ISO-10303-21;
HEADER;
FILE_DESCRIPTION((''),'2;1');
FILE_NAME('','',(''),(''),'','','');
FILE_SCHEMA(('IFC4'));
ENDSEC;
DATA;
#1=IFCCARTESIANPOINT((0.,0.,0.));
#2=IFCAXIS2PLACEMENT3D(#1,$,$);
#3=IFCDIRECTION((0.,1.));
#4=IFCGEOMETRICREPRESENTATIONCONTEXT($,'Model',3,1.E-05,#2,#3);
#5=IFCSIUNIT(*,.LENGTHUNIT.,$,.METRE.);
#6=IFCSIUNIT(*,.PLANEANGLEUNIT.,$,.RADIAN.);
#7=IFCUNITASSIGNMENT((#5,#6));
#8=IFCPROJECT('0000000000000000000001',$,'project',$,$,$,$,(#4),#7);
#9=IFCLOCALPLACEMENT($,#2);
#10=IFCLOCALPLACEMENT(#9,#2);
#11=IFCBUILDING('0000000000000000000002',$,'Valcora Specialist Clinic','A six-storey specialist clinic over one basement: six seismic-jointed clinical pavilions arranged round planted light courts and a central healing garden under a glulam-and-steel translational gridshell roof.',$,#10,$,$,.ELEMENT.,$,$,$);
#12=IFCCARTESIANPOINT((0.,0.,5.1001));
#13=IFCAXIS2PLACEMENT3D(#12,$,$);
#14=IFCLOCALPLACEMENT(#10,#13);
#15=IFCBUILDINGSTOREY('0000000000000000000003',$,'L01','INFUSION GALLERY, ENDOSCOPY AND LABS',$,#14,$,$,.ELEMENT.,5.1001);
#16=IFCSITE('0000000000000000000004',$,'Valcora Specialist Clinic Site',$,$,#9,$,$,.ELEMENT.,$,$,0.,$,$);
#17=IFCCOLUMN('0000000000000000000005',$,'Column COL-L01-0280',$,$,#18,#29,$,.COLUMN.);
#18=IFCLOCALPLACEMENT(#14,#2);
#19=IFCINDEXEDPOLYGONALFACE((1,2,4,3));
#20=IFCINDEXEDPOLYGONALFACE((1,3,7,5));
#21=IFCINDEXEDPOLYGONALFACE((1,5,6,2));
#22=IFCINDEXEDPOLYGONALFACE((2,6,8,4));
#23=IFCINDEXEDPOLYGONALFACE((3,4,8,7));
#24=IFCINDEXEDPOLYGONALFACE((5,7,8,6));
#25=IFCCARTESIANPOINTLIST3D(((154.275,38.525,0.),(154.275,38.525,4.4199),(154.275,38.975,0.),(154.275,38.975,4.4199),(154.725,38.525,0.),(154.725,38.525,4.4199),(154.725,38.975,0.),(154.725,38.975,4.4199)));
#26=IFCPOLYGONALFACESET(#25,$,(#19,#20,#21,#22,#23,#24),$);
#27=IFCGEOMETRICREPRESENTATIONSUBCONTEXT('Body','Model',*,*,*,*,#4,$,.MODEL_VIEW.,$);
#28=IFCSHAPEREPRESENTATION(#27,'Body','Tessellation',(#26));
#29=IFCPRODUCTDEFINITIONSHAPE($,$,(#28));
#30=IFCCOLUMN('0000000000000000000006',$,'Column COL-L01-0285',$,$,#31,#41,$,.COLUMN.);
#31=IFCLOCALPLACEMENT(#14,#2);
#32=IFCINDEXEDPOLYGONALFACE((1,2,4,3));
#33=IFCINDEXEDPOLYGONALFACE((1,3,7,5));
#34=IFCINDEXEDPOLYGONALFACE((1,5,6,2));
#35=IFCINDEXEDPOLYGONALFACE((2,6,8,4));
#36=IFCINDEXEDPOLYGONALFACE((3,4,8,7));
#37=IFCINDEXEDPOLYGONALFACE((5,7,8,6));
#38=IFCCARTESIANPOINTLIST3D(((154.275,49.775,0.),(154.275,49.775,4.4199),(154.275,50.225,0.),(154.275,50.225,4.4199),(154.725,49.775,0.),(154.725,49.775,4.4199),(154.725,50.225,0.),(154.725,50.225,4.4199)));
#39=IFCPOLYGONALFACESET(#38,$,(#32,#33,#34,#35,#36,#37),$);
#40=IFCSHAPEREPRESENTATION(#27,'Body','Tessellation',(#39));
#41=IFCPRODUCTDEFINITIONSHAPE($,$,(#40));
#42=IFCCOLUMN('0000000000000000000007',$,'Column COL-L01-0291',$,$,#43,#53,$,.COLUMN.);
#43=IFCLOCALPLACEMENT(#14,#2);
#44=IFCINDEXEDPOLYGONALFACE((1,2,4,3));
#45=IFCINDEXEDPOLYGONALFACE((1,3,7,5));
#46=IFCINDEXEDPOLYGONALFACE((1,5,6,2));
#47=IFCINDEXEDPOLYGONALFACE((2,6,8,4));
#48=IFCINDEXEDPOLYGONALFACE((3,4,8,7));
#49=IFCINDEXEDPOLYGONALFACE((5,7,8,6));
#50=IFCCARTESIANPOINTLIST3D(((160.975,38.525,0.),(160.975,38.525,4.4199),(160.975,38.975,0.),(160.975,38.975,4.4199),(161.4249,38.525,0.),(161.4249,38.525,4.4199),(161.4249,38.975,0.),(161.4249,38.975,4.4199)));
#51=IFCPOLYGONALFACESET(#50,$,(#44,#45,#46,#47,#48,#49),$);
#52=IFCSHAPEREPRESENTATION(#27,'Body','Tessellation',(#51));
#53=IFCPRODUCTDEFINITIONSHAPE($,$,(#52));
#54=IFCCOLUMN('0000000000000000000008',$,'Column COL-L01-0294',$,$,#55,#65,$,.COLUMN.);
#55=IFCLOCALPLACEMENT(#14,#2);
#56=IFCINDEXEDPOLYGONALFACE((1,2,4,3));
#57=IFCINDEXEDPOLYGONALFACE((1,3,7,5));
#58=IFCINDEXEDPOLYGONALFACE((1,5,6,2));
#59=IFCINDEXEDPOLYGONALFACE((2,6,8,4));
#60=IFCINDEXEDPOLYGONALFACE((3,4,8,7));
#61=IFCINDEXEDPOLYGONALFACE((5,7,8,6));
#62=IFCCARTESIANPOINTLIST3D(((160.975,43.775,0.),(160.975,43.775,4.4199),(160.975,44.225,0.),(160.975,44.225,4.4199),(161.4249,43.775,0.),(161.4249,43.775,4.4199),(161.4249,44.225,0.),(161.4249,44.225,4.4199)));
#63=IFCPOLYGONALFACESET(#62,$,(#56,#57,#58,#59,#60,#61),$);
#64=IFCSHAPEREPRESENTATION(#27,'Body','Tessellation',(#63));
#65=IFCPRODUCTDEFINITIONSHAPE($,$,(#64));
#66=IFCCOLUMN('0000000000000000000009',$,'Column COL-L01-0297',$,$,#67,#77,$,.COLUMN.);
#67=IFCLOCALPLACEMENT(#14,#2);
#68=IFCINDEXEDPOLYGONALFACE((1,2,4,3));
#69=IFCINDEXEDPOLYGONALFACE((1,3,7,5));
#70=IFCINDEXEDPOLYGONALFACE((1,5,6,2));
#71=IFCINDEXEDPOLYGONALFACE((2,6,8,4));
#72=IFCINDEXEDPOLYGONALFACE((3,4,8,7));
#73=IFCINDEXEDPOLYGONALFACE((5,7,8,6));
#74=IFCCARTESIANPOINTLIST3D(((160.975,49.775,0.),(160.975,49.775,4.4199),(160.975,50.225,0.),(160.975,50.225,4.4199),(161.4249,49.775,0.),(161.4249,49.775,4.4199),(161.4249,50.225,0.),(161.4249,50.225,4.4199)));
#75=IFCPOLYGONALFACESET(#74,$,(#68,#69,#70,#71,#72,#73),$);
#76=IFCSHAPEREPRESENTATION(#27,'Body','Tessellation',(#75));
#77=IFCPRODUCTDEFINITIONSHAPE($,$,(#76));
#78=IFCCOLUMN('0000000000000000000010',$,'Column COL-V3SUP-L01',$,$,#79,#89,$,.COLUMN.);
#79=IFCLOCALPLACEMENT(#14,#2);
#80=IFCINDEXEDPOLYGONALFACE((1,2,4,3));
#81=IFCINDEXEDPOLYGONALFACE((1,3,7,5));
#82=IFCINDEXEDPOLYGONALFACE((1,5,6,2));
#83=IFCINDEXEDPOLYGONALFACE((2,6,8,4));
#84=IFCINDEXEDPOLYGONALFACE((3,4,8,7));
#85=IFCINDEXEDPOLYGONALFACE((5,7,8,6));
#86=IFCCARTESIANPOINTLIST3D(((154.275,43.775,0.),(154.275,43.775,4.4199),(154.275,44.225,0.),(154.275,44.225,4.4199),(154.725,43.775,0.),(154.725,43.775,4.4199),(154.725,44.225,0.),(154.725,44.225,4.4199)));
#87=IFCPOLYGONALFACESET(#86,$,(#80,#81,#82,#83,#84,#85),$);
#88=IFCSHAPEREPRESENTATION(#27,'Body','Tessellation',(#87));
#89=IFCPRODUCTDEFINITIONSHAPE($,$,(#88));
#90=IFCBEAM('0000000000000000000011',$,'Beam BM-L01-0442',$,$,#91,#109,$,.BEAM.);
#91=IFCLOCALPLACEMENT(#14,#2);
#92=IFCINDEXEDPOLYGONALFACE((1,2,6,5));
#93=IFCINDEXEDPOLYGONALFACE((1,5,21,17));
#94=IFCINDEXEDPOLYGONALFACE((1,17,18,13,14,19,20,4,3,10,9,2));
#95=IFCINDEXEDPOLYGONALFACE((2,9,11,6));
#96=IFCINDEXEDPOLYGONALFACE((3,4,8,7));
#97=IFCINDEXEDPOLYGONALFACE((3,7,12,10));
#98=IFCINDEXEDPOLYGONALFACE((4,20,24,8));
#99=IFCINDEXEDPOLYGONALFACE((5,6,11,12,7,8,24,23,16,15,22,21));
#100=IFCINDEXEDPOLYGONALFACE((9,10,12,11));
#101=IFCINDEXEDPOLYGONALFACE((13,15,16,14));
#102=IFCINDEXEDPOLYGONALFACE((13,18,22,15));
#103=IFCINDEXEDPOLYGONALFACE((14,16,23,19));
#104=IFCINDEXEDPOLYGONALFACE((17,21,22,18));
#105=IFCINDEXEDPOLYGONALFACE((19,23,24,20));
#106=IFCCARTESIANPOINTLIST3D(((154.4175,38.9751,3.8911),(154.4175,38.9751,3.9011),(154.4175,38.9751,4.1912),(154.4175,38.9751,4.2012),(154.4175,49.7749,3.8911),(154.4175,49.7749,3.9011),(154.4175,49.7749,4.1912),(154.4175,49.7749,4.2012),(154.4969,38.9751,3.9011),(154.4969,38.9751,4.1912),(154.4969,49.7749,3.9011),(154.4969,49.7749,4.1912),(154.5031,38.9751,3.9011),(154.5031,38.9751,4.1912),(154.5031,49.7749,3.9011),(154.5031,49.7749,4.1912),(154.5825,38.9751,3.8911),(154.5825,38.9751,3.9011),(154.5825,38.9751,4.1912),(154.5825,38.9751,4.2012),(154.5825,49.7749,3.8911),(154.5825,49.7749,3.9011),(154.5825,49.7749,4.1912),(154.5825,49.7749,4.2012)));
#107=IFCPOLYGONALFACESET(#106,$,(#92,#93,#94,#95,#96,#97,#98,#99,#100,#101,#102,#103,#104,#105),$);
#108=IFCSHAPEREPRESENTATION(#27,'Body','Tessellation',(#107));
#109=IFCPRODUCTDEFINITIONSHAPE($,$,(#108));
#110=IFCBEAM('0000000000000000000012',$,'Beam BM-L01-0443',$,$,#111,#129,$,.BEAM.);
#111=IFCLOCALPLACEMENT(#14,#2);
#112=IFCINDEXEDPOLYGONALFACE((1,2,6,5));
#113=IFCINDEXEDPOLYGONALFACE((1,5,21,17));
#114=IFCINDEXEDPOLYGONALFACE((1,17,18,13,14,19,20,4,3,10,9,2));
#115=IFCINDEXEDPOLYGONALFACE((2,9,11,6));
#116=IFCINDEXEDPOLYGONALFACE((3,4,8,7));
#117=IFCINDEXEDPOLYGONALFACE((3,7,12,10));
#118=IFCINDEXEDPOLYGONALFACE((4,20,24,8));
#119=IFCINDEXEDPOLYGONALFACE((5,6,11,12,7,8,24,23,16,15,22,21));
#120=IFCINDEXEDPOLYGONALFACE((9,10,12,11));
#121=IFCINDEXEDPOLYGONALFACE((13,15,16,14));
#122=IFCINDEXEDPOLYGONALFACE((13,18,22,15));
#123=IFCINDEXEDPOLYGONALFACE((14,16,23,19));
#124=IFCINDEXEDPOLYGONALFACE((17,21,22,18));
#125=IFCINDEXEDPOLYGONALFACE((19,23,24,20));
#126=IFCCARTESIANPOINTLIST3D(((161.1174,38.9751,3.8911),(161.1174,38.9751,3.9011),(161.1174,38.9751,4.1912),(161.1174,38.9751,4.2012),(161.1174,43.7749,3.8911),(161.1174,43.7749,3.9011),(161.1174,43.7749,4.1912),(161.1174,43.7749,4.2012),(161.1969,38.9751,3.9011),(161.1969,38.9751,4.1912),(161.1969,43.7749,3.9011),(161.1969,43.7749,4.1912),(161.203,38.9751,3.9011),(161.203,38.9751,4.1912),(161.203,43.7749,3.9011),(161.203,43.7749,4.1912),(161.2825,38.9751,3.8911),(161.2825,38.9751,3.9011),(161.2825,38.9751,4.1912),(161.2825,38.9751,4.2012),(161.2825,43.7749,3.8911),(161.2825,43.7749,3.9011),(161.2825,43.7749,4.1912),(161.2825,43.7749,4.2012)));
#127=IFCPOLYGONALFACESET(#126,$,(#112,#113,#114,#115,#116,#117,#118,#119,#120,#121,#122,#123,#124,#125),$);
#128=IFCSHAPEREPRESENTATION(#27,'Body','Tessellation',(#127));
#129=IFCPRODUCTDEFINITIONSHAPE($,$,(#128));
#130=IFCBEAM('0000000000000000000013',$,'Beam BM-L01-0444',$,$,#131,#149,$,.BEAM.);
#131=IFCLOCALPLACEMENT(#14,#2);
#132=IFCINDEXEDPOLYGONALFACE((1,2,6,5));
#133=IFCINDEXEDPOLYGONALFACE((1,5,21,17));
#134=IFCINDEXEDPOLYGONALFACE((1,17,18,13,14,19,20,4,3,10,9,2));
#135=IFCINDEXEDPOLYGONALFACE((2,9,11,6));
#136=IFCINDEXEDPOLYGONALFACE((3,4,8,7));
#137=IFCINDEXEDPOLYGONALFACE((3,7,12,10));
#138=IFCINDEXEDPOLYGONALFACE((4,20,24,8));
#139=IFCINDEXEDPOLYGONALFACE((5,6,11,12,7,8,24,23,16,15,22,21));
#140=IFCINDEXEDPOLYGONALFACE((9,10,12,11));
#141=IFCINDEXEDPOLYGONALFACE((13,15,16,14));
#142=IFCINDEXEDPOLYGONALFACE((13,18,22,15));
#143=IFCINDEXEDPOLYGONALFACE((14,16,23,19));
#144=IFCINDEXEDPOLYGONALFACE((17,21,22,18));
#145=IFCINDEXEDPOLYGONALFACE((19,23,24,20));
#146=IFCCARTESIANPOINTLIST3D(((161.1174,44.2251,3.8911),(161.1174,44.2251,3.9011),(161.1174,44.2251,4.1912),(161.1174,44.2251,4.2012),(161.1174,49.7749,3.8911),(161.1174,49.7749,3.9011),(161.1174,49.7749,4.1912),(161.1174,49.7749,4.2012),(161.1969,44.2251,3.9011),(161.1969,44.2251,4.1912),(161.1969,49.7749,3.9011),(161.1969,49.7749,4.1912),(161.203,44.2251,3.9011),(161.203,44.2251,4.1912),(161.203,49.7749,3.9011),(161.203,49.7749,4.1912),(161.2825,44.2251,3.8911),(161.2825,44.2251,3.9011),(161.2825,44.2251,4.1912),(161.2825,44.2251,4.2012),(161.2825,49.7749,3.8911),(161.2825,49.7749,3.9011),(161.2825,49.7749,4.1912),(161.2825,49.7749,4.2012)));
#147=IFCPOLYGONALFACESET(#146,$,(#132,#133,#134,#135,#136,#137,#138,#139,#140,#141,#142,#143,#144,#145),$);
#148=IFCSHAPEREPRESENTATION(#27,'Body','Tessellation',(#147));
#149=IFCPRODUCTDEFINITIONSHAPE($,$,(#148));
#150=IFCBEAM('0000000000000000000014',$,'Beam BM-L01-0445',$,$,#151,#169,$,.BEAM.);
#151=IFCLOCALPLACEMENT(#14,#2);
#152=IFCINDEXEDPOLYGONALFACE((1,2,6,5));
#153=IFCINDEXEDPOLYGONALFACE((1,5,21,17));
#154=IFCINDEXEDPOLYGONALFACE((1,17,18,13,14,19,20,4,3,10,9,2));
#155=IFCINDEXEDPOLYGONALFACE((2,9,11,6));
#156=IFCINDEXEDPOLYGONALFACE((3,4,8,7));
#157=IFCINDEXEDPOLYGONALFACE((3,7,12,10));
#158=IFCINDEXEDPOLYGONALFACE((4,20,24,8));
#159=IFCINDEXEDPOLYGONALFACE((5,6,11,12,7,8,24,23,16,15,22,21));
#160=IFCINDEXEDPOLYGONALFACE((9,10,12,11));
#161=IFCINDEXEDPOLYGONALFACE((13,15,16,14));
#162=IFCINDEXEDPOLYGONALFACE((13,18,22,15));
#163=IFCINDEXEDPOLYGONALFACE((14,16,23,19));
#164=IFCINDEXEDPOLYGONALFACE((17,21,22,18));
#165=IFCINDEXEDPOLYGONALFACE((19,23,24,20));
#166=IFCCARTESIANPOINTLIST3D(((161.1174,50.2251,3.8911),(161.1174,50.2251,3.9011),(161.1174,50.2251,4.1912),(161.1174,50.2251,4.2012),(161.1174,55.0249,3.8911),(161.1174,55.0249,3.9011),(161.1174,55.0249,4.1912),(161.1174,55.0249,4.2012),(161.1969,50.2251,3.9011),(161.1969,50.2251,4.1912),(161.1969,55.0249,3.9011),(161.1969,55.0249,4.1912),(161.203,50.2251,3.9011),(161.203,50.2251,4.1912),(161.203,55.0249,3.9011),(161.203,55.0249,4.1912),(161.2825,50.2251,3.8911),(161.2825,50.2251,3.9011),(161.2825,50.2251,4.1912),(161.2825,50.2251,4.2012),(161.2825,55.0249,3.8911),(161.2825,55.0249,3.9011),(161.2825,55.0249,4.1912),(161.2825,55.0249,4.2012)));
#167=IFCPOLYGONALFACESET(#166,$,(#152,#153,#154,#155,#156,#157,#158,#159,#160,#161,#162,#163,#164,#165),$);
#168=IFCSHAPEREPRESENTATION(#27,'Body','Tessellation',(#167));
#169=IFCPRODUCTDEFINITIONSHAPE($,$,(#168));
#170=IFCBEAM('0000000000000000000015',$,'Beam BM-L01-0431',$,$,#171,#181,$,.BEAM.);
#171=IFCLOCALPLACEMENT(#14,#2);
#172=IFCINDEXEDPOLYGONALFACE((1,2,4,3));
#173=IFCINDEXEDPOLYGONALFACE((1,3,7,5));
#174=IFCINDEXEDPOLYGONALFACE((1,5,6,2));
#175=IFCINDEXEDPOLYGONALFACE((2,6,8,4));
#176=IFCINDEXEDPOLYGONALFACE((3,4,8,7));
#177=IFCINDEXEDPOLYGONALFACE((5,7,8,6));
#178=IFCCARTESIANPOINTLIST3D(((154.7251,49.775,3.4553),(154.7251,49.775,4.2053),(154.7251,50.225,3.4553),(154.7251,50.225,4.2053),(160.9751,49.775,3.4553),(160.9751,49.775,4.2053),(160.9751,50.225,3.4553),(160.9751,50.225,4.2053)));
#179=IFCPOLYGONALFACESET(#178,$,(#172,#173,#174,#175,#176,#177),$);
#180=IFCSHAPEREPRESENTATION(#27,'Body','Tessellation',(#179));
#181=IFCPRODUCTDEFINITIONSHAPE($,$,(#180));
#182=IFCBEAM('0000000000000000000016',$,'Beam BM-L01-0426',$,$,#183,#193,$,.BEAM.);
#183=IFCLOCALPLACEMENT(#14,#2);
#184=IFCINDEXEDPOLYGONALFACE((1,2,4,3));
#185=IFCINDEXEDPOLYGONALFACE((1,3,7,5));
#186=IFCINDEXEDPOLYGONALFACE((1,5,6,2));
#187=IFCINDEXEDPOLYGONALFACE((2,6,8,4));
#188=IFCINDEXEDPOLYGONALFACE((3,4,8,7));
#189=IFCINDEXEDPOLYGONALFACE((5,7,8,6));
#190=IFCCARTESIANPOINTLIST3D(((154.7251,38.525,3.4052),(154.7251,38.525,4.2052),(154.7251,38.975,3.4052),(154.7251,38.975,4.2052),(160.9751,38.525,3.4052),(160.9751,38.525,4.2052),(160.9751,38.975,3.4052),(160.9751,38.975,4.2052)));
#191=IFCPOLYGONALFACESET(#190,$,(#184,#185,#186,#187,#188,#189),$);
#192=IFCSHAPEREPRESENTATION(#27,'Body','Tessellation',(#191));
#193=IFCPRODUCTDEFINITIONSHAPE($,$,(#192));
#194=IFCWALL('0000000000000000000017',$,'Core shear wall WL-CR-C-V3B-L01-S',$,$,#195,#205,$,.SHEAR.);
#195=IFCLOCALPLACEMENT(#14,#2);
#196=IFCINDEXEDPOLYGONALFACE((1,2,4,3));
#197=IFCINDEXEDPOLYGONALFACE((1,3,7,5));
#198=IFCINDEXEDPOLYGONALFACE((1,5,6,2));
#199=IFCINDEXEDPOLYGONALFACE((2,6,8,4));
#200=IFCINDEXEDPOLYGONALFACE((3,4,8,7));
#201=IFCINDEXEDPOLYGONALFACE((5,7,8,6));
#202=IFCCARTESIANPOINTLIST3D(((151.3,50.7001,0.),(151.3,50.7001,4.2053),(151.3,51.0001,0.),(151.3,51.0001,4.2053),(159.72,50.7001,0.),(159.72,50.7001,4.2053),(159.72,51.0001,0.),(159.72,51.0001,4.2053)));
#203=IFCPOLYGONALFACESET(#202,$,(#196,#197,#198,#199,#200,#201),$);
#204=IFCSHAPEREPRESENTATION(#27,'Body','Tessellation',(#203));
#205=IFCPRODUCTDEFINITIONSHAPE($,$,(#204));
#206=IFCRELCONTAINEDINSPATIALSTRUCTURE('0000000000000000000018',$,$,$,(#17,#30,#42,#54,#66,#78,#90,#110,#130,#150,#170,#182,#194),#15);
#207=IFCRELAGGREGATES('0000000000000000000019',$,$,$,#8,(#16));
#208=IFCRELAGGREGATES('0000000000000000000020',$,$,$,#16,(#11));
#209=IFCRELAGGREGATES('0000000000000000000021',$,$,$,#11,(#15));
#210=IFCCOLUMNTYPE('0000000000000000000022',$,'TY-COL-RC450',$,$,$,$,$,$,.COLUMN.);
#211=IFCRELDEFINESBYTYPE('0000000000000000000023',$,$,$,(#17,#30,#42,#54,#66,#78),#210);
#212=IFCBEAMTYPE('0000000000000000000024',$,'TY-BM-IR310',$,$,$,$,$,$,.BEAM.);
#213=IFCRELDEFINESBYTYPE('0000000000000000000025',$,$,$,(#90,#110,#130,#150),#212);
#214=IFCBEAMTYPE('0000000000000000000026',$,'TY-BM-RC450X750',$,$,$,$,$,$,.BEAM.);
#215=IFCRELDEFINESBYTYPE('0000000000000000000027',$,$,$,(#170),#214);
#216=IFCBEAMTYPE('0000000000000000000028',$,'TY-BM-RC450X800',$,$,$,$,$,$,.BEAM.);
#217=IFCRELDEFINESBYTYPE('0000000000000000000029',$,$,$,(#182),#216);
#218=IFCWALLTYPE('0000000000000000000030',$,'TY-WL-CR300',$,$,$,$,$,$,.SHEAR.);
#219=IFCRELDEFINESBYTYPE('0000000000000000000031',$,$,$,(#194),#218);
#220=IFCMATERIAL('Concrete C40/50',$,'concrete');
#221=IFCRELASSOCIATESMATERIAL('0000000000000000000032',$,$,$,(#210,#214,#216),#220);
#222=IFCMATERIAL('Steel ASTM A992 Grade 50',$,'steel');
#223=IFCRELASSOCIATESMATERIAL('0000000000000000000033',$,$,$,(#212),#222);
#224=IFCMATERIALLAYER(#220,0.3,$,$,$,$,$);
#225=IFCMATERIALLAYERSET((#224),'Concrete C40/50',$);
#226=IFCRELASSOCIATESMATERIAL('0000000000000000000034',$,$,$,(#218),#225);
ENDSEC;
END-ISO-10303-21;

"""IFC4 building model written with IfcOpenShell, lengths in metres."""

from ifc_helpers import new_model, si_unit, direction, frame, frame_2d, origin, origin_2d, place, context, subcontext, project, spatial, rectangle, i_section, extrude, material, layer, layer_set, material_profile, profile_set, type_object, element, save


model = new_model("IFC4")

# Units and contexts
model_context = context("Model", 3, precision=1e-05, world=origin(), true_north=direction((0.0, 1.0)))
body_context = subcontext(model_context, "Body", "Model", "MODEL_VIEW")
ifc_project = project(units=[si_unit("LENGTHUNIT", "METRE"), si_unit("PLANEANGLEUNIT", "RADIAN")], contexts=[model_context])

# Site, building, storey
site_placement = place(None, origin())
site = spatial("IfcSite", under=ifc_project, at=site_placement, Name="Valcora Specialist Clinic Site", CompositionType="ELEMENT", RefElevation=0.0)
building_placement = place(site_placement, origin())
building = spatial("IfcBuilding", under=site, at=building_placement, Name="Valcora Specialist Clinic", Description="A six-storey specialist clinic over one basement: six seismic-jointed clinical pavilions arranged round planted light courts and a central healing garden under a glulam-and-steel translational gridshell roof.", CompositionType="ELEMENT")
storey_placement = place(building_placement, frame((0.0, 0.0, 5.1001)))
storey = spatial("IfcBuildingStorey", under=building, at=storey_placement, Name="L01", Description="INFUSION GALLERY, ENDOSCOPY AND LABS", CompositionType="ELEMENT", Elevation=5.1001)

# Columns
ifc_material_1 = material(Name="Concrete C40/50", Category="concrete")
ifc_material_profile_1 = material_profile(ifc_material_1, rectangle(XDim=0.45, YDim=0.45, at=origin_2d()), Name="RC-COL-450X450")
ifc_profile_set_1 = profile_set([ifc_material_profile_1], Name="Concrete C40/50")
column_type = type_object("IfcColumnType", Name="TY-COL-RC450", PredefinedType="COLUMN", material=ifc_profile_set_1)
for number, where, z_axis, x_axis, name in (
    (1, (154.5, 38.75, 0.0), (0.0, 0.0, 1.0), (1.0, 0.0, 0.0), "Column COL-L01-0280"),
    (2, (154.5, 50.0, 0.0), (0.0, 0.0, 1.0), (1.0, 0.0, 0.0), "Column COL-L01-0285"),
    (3, (161.2, 38.75, 0.0), (0.0, 0.0, 1.0), (1.0, 0.0, 0.0), "Column COL-L01-0291"),
    (4, (161.2, 44.0, 0.0), (0.0, 0.0, 1.0), (1.0, 0.0, 0.0), "Column COL-L01-0294"),
    (5, (161.2, 50.0, 0.0), (0.0, 0.0, 1.0), (1.0, 0.0, 0.0), "Column COL-L01-0297"),
    (6, (154.5, 44.0, 0.0), (0.0, 0.0, 1.0), (1.0, 0.0, 0.0), "Column COL-V3SUP-L01"),
):
    element("IfcColumn", number, at=place(storey_placement, frame(where, z_axis=z_axis, x_axis=x_axis)), inside=storey, type_object=column_type, Name=name, PredefinedType="COLUMN", context=body_context, shape_type="SweptSolid", body=[
        extrude(rectangle(XDim=0.45, YDim=0.45, at=origin_2d()), origin(), (0.0, 0.0, 1.0), 4.4199),
    ])

# Beams
ifc_material_2 = material(Name="Steel ASTM A992 Grade 50", Category="steel")
ifc_material_profile_2 = material_profile(ifc_material_2, i_section(OverallWidth=0.165, OverallDepth=0.3101, WebThickness=0.0061, FlangeThickness=0.01, at=origin_2d()), Name="ST-IR-310X165")
ifc_profile_set_2 = profile_set([ifc_material_profile_2], Name="Steel ASTM A992 Grade 50")
beam_type_1 = type_object("IfcBeamType", Name="TY-BM-IR310", PredefinedType="BEAM", material=ifc_profile_set_2)
beam_1_placement = place(storey_placement, frame((154.5, 38.9751, 4.0461), z_axis=(0.0, 1.0, 0.0), x_axis=(-1.0, 0.0, 0.0)))
element("IfcBeam", 7, at=beam_1_placement, inside=storey, type_object=beam_type_1, Name="Beam BM-L01-0442", PredefinedType="BEAM", context=body_context, shape_type="SweptSolid", body=[
    extrude(i_section(OverallWidth=0.165, OverallDepth=0.3101, WebThickness=0.0061, FlangeThickness=0.01, at=origin_2d()), origin(), (0.0, 0.0, 1.0), 10.7998),
])
beam_2_placement = place(storey_placement, frame((161.2, 38.9751, 4.0461), z_axis=(0.0, 1.0, 0.0), x_axis=(-1.0, 0.0, 0.0)))
element("IfcBeam", 8, at=beam_2_placement, inside=storey, type_object=beam_type_1, Name="Beam BM-L01-0443", PredefinedType="BEAM", context=body_context, shape_type="SweptSolid", body=[
    extrude(i_section(OverallWidth=0.165, OverallDepth=0.3101, WebThickness=0.0061, FlangeThickness=0.01, at=origin_2d()), origin(), (0.0, 0.0, 1.0), 4.7998),
])
beam_3_placement = place(storey_placement, frame((161.2, 44.2251, 4.0461), z_axis=(0.0, 1.0, 0.0), x_axis=(-1.0, 0.0, 0.0)))
element("IfcBeam", 9, at=beam_3_placement, inside=storey, type_object=beam_type_1, Name="Beam BM-L01-0444", PredefinedType="BEAM", context=body_context, shape_type="SweptSolid", body=[
    extrude(i_section(OverallWidth=0.165, OverallDepth=0.3101, WebThickness=0.0061, FlangeThickness=0.01, at=origin_2d()), origin(), (0.0, 0.0, 1.0), 5.5498),
])
beam_4_placement = place(storey_placement, frame((161.2, 50.2251, 4.0461), z_axis=(0.0, 1.0, 0.0), x_axis=(-1.0, 0.0, 0.0)))
element("IfcBeam", 10, at=beam_4_placement, inside=storey, type_object=beam_type_1, Name="Beam BM-L01-0445", PredefinedType="BEAM", context=body_context, shape_type="SweptSolid", body=[
    extrude(i_section(OverallWidth=0.165, OverallDepth=0.3101, WebThickness=0.0061, FlangeThickness=0.01, at=origin_2d()), origin(), (0.0, 0.0, 1.0), 4.7998),
])
ifc_material_profile_3 = material_profile(ifc_material_1, rectangle(XDim=0.45, YDim=0.75, at=origin_2d()), Name="RC-BM-450X750")
ifc_profile_set_3 = profile_set([ifc_material_profile_3], Name="Concrete C40/50")
beam_type_2 = type_object("IfcBeamType", Name="TY-BM-RC450X750", PredefinedType="BEAM", material=ifc_profile_set_3)
beam_5_placement = place(storey_placement, frame((154.7251, 50.0, 3.8303), z_axis=(1.0, 0.0, 0.0), x_axis=(0.0, 1.0, 0.0)))
element("IfcBeam", 11, at=beam_5_placement, inside=storey, type_object=beam_type_2, Name="Beam BM-L01-0431", PredefinedType="BEAM", context=body_context, shape_type="SweptSolid", body=[
    extrude(rectangle(XDim=0.45, YDim=0.75, at=origin_2d()), origin(), (0.0, 0.0, 1.0), 6.25),
])
ifc_material_profile_4 = material_profile(ifc_material_1, rectangle(XDim=0.45, YDim=0.8, at=origin_2d()), Name="RC-BM-450X800")
ifc_profile_set_4 = profile_set([ifc_material_profile_4], Name="Concrete C40/50")
beam_type_3 = type_object("IfcBeamType", Name="TY-BM-RC450X800", PredefinedType="BEAM", material=ifc_profile_set_4)
beam_6_placement = place(storey_placement, frame((154.7251, 38.75, 3.8052), z_axis=(1.0, 0.0, 0.0), x_axis=(0.0, 1.0, 0.0)))
element("IfcBeam", 12, at=beam_6_placement, inside=storey, type_object=beam_type_3, Name="Beam BM-L01-0426", PredefinedType="BEAM", context=body_context, shape_type="SweptSolid", body=[
    extrude(rectangle(XDim=0.45, YDim=0.8, at=origin_2d()), origin(), (0.0, 0.0, 1.0), 6.25),
])

# Wall
ifc_layer_1 = layer(ifc_material_1, 0.3)
ifc_layer_set_1 = layer_set([ifc_layer_1], Name="Concrete C40/50")
wall_type_1 = type_object("IfcWallType", Name="TY-WL-CR300", PredefinedType="SHEAR", material=ifc_layer_set_1)
wall_1_placement = place(storey_placement, frame((151.3, 50.8501, 0.0), z_axis=(0.0, 0.0, 1.0), x_axis=(1.0, 0.0, 0.0)))
element("IfcWall", 13, at=wall_1_placement, inside=storey, type_object=wall_type_1, Name="Core shear wall WL-CR-C-V3B-L01-S", PredefinedType="SHEAR", context=body_context, shape_type="SweptSolid", body=[
    extrude(rectangle(XDim=8.4199, YDim=0.3, at=frame_2d((4.21, 0.0))), origin(), (0.0, 0.0, 1.0), 4.2053),
])

save(model, "model.ifc")
